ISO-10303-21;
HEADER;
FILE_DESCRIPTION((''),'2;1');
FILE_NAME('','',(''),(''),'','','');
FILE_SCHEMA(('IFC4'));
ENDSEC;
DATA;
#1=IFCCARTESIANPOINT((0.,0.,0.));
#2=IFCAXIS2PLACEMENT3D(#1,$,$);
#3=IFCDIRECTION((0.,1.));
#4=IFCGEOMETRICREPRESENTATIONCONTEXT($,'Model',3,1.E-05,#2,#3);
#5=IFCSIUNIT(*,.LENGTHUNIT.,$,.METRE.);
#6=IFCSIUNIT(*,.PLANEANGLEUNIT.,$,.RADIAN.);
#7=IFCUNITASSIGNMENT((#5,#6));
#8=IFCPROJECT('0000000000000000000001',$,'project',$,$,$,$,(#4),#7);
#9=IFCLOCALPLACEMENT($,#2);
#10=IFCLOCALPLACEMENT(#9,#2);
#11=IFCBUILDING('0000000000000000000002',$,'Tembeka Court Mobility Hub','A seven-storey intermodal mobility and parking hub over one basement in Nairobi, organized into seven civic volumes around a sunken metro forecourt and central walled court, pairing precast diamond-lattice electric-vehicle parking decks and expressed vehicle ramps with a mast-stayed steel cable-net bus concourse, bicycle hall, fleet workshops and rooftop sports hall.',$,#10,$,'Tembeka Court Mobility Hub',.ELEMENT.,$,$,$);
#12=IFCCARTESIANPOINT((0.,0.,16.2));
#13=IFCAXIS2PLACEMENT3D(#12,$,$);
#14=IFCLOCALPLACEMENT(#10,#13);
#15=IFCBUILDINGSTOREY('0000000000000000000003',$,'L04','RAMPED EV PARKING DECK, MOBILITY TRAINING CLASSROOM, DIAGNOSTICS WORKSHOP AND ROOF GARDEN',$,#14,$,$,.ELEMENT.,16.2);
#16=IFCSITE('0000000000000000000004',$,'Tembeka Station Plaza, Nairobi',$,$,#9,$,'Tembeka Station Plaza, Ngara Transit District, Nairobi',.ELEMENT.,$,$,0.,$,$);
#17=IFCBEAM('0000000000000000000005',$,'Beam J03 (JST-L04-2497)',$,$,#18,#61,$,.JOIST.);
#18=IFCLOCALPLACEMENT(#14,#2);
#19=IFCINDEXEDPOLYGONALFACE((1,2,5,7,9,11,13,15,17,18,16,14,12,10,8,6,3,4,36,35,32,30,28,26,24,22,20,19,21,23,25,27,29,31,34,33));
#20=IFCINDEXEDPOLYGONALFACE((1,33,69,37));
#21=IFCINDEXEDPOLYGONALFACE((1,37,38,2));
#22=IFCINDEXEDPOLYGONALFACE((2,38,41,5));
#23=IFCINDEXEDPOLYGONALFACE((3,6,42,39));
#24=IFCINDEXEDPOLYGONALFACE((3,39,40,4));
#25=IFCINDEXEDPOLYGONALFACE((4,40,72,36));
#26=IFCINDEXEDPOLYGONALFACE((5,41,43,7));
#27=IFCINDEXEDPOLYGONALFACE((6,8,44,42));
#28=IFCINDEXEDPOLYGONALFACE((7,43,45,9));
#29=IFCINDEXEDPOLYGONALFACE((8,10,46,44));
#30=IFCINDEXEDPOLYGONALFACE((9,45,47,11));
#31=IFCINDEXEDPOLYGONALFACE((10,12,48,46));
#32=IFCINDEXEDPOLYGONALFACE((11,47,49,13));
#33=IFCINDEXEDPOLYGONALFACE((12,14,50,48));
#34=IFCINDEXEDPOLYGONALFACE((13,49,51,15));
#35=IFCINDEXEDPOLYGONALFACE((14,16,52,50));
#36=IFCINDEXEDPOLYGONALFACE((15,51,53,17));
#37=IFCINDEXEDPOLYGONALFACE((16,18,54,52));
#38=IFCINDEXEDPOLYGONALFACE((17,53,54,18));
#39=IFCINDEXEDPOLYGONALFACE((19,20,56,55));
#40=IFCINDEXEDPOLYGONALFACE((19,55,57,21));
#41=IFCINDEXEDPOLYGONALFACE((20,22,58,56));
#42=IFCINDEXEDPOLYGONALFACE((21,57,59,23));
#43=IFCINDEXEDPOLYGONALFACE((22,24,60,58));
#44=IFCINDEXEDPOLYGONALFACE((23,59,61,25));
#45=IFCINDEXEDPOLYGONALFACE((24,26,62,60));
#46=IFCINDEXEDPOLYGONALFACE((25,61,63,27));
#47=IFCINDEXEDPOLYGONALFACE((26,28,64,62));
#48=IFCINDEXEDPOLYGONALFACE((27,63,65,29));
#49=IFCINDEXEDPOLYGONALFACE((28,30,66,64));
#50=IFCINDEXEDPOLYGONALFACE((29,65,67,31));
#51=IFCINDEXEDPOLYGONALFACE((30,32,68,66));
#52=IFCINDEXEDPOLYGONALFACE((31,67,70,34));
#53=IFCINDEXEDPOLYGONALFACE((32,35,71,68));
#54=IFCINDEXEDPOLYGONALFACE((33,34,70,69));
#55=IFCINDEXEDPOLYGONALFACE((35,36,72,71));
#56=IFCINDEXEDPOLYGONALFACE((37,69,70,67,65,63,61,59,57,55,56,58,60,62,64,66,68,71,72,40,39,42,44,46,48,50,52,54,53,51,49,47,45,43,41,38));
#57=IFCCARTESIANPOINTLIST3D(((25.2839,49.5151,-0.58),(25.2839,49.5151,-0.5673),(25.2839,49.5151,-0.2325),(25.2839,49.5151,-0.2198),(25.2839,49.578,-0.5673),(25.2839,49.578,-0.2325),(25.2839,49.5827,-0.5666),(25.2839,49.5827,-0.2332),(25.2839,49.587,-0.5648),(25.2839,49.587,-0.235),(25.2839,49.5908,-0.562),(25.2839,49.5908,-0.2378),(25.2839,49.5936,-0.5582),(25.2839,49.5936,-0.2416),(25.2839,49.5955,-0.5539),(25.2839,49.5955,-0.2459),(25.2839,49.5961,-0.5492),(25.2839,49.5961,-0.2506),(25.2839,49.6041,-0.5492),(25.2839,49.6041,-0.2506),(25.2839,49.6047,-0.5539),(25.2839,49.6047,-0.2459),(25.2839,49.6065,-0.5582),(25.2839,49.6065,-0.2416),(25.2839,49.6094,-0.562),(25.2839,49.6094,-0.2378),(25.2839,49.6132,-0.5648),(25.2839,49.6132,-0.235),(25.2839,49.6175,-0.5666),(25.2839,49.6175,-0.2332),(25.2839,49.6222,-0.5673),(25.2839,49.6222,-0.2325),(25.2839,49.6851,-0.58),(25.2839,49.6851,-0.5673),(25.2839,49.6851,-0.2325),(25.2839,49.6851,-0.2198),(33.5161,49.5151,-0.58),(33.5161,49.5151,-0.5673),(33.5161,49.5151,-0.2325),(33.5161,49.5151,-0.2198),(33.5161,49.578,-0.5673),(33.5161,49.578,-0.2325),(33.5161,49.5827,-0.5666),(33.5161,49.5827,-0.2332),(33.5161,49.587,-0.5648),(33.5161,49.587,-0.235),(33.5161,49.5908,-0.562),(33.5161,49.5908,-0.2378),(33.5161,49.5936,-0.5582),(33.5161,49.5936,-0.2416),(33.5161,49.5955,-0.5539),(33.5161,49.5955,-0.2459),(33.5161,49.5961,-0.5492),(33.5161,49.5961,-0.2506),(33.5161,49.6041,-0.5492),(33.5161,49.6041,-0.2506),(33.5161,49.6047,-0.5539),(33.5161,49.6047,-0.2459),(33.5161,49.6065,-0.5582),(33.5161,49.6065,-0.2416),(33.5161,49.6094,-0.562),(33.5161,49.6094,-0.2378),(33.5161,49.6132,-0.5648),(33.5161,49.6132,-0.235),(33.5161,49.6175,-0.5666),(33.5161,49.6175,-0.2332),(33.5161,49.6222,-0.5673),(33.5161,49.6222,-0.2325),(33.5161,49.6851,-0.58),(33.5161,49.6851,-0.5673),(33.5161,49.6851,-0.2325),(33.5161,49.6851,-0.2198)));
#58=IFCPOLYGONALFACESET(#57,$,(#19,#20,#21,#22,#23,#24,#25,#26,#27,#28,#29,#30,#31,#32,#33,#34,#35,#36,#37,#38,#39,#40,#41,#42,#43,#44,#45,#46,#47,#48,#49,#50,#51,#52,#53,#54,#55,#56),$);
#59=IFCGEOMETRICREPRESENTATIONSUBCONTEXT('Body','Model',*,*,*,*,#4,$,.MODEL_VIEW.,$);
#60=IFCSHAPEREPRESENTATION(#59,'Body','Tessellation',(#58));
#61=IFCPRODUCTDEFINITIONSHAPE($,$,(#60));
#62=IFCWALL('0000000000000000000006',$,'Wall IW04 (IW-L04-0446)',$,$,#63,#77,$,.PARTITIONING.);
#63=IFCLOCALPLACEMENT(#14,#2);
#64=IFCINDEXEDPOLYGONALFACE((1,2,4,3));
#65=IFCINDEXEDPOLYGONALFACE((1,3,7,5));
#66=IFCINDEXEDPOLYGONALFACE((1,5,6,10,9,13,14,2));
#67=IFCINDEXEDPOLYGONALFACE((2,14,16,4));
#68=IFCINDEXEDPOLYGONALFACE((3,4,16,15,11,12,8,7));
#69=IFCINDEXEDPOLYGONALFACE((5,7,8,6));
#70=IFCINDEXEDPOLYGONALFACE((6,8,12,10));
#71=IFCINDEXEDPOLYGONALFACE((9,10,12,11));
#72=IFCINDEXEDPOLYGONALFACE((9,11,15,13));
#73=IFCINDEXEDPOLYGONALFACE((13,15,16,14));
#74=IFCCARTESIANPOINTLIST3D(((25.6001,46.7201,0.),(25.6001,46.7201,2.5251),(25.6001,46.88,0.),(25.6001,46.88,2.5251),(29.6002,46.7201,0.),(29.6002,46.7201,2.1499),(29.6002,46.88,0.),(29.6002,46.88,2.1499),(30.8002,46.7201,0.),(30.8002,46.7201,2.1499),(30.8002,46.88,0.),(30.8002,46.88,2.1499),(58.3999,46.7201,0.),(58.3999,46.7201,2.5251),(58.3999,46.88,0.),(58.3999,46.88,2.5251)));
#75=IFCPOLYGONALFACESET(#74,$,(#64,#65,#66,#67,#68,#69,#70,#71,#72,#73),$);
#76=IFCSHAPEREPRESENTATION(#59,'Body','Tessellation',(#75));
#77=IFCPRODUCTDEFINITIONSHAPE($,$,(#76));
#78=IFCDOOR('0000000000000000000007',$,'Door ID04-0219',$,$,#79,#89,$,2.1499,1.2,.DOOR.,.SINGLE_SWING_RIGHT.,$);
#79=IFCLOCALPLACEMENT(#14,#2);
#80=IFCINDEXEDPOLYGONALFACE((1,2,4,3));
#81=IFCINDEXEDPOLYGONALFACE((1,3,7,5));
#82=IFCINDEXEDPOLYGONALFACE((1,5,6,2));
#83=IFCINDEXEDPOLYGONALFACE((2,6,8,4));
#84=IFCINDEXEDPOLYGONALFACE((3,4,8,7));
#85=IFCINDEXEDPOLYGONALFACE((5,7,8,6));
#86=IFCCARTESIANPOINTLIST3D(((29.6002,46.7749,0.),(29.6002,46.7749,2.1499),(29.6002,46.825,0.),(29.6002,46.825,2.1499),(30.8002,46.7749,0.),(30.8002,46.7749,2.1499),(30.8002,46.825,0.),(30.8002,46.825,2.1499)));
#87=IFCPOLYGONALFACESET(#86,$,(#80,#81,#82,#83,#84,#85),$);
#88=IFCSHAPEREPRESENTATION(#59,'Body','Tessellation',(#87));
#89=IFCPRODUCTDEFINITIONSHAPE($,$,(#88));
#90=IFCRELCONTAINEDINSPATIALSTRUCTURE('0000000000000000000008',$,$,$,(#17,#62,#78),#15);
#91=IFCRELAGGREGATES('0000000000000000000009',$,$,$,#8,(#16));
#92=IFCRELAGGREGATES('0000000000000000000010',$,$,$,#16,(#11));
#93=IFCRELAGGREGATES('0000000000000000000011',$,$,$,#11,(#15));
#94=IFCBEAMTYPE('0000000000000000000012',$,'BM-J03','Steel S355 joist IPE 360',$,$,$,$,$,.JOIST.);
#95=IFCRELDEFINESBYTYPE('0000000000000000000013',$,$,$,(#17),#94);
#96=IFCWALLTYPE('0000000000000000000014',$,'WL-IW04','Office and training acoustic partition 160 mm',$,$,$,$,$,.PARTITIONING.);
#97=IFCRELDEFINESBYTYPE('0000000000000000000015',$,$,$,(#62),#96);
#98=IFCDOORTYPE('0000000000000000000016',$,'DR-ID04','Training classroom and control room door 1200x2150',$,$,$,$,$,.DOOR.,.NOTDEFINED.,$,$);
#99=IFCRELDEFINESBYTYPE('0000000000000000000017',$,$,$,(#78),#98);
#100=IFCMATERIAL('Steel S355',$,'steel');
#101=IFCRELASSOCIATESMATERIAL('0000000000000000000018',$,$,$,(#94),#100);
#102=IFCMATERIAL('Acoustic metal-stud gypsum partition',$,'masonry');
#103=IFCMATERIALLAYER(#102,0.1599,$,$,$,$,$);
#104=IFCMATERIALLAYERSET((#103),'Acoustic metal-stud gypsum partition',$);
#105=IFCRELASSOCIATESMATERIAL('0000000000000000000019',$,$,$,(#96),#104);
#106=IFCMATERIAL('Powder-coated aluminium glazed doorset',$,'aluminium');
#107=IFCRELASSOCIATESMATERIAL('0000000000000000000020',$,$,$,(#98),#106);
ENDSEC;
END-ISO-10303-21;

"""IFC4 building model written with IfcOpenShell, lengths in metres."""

from ifc_helpers import new_model, si_unit, direction, frame, frame_2d, origin, origin_2d, place, context, subcontext, project, spatial, rectangle, i_section, extrude, material, layer, layer_set, material_profile, profile_set, type_object, element, fill, save


model = new_model("IFC4")

# Units and contexts
model_context = context("Model", 3, precision=1e-05, world=origin(), true_north=direction((0.0, 1.0)))
body_context = subcontext(model_context, "Body", "Model", "MODEL_VIEW")
ifc_project = project(units=[si_unit("LENGTHUNIT", "METRE"), si_unit("PLANEANGLEUNIT", "RADIAN")], contexts=[model_context])

# Site, building, storey
site_placement = place(None, origin())
site = spatial("IfcSite", under=ifc_project, at=site_placement, Name="Tembeka Station Plaza, Nairobi", LongName="Tembeka Station Plaza, Ngara Transit District, Nairobi", CompositionType="ELEMENT", RefElevation=0.0)
building_placement = place(site_placement, origin())
building = spatial("IfcBuilding", under=site, at=building_placement, Name="Tembeka Court Mobility Hub", Description="A seven-storey intermodal mobility and parking hub over one basement in Nairobi, organized into seven civic volumes around a sunken metro forecourt and central walled court, pairing precast diamond-lattice electric-vehicle parking decks and expressed vehicle ramps with a mast-stayed steel cable-net bus concourse, bicycle hall, fleet workshops and rooftop sports hall.", LongName="Tembeka Court Mobility Hub", CompositionType="ELEMENT")
storey_placement = place(building_placement, frame((0.0, 0.0, 16.2)))
storey = spatial("IfcBuildingStorey", under=building, at=storey_placement, Name="L04", Description="RAMPED EV PARKING DECK, MOBILITY TRAINING CLASSROOM, DIAGNOSTICS WORKSHOP AND ROOF GARDEN", CompositionType="ELEMENT", Elevation=16.2)

# Shared definitions
ifc_material_1 = material(Name="Steel S355", Category="steel")

# Beam
ifc_material_profile_1 = material_profile(ifc_material_1, i_section(OverallWidth=0.1699, OverallDepth=0.3601, WebThickness=0.0081, FlangeThickness=0.0127, FilletRadius=0.0181, at=origin_2d()), Name="IPE 360")
ifc_profile_set_1 = profile_set([ifc_material_profile_1], Name="Steel S355")
beam_type_1 = type_object("IfcBeamType", Name="BM-J03", Description="Steel S355 joist IPE 360", PredefinedType="JOIST", material=ifc_profile_set_1)
for number, where, z_axis, x_axis, name in (
    (1, (25.2839, 49.6001, -0.3999), (1.0, 0.0, 0.0), (0.0, 1.0, 0.0), "Beam J03 (JST-L04-2497)"),
):
    element("IfcBeam", number, at=place(storey_placement, frame(where, z_axis=z_axis, x_axis=x_axis)), inside=storey, type_object=beam_type_1, Name=name, PredefinedType="JOIST", context=body_context, shape_type="SweptSolid", body=[
        extrude(i_section(OverallWidth=0.1699, OverallDepth=0.3601, WebThickness=0.0081, FlangeThickness=0.0127, FilletRadius=0.0181, at=origin_2d()), origin(), (0.0, 0.0, 1.0), 8.2322),
    ])

# Wall, opening, door
ifc_material_2 = material(Name="Acoustic metal-stud gypsum partition", Category="masonry")
ifc_layer = layer(ifc_material_2, 0.1599)
ifc_layer_set = layer_set([ifc_layer], Name="Acoustic metal-stud gypsum partition")
wall_type = type_object("IfcWallType", Name="WL-IW04", Description="Office and training acoustic partition 160 mm", PredefinedType="PARTITIONING", material=ifc_layer_set)
wall_placement = place(storey_placement, frame((25.6001, 46.8, 0.0), z_axis=(0.0, 0.0, 1.0), x_axis=(1.0, 0.0, 0.0)))
wall = element("IfcWall", 2, at=wall_placement, inside=storey, type_object=wall_type, Name="Wall IW04 (IW-L04-0446)", PredefinedType="PARTITIONING", context=body_context, shape_type="SweptSolid", body=[
    extrude(rectangle(XDim=32.7998, YDim=0.1599, at=frame_2d((16.3999, 0.0))), origin(), (0.0, 0.0, 1.0), 2.5251),
])
opening_placement = place(wall_placement, frame((4.0, 0.0, 0.0)))
opening = element("IfcOpeningElement", 3, at=opening_placement, cuts=wall, PredefinedType="OPENING", context=body_context, shape_type="SweptSolid", body=[
    extrude(rectangle(XDim=1.2, YDim=2.1499, at=frame_2d((0.6001, 1.075))), frame((0.0, 0.0898, 0.0), z_axis=(0.0, -1.0, 0.0), x_axis=(1.0, 0.0, 0.0)), (0.0, 0.0, 1.0), 0.1799),
])
ifc_material_3 = material(Name="Powder-coated aluminium glazed doorset", Category="aluminium")
door_type = type_object("IfcDoorType", Name="DR-ID04", Description="Training classroom and control room door 1200x2150", OperationType="NOTDEFINED", PredefinedType="DOOR", material=ifc_material_3)
door_placement = place(opening_placement, origin())
door = element("IfcDoor", 4, at=door_placement, inside=storey, type_object=door_type, Name="Door ID04-0219", OperationType="SINGLE_SWING_RIGHT", OverallHeight=2.1499, OverallWidth=1.2, PredefinedType="DOOR", context=body_context, shape_type="SweptSolid", body=[
    extrude(rectangle(XDim=1.2, YDim=2.1499, at=frame_2d((0.6001, 1.075))), frame((0.0, 0.0249, 0.0), z_axis=(0.0, -1.0, 0.0), x_axis=(1.0, 0.0, 0.0)), (0.0, 0.0, 1.0), 0.05),
])
fill(opening, door)

save(model, "model.ifc")
